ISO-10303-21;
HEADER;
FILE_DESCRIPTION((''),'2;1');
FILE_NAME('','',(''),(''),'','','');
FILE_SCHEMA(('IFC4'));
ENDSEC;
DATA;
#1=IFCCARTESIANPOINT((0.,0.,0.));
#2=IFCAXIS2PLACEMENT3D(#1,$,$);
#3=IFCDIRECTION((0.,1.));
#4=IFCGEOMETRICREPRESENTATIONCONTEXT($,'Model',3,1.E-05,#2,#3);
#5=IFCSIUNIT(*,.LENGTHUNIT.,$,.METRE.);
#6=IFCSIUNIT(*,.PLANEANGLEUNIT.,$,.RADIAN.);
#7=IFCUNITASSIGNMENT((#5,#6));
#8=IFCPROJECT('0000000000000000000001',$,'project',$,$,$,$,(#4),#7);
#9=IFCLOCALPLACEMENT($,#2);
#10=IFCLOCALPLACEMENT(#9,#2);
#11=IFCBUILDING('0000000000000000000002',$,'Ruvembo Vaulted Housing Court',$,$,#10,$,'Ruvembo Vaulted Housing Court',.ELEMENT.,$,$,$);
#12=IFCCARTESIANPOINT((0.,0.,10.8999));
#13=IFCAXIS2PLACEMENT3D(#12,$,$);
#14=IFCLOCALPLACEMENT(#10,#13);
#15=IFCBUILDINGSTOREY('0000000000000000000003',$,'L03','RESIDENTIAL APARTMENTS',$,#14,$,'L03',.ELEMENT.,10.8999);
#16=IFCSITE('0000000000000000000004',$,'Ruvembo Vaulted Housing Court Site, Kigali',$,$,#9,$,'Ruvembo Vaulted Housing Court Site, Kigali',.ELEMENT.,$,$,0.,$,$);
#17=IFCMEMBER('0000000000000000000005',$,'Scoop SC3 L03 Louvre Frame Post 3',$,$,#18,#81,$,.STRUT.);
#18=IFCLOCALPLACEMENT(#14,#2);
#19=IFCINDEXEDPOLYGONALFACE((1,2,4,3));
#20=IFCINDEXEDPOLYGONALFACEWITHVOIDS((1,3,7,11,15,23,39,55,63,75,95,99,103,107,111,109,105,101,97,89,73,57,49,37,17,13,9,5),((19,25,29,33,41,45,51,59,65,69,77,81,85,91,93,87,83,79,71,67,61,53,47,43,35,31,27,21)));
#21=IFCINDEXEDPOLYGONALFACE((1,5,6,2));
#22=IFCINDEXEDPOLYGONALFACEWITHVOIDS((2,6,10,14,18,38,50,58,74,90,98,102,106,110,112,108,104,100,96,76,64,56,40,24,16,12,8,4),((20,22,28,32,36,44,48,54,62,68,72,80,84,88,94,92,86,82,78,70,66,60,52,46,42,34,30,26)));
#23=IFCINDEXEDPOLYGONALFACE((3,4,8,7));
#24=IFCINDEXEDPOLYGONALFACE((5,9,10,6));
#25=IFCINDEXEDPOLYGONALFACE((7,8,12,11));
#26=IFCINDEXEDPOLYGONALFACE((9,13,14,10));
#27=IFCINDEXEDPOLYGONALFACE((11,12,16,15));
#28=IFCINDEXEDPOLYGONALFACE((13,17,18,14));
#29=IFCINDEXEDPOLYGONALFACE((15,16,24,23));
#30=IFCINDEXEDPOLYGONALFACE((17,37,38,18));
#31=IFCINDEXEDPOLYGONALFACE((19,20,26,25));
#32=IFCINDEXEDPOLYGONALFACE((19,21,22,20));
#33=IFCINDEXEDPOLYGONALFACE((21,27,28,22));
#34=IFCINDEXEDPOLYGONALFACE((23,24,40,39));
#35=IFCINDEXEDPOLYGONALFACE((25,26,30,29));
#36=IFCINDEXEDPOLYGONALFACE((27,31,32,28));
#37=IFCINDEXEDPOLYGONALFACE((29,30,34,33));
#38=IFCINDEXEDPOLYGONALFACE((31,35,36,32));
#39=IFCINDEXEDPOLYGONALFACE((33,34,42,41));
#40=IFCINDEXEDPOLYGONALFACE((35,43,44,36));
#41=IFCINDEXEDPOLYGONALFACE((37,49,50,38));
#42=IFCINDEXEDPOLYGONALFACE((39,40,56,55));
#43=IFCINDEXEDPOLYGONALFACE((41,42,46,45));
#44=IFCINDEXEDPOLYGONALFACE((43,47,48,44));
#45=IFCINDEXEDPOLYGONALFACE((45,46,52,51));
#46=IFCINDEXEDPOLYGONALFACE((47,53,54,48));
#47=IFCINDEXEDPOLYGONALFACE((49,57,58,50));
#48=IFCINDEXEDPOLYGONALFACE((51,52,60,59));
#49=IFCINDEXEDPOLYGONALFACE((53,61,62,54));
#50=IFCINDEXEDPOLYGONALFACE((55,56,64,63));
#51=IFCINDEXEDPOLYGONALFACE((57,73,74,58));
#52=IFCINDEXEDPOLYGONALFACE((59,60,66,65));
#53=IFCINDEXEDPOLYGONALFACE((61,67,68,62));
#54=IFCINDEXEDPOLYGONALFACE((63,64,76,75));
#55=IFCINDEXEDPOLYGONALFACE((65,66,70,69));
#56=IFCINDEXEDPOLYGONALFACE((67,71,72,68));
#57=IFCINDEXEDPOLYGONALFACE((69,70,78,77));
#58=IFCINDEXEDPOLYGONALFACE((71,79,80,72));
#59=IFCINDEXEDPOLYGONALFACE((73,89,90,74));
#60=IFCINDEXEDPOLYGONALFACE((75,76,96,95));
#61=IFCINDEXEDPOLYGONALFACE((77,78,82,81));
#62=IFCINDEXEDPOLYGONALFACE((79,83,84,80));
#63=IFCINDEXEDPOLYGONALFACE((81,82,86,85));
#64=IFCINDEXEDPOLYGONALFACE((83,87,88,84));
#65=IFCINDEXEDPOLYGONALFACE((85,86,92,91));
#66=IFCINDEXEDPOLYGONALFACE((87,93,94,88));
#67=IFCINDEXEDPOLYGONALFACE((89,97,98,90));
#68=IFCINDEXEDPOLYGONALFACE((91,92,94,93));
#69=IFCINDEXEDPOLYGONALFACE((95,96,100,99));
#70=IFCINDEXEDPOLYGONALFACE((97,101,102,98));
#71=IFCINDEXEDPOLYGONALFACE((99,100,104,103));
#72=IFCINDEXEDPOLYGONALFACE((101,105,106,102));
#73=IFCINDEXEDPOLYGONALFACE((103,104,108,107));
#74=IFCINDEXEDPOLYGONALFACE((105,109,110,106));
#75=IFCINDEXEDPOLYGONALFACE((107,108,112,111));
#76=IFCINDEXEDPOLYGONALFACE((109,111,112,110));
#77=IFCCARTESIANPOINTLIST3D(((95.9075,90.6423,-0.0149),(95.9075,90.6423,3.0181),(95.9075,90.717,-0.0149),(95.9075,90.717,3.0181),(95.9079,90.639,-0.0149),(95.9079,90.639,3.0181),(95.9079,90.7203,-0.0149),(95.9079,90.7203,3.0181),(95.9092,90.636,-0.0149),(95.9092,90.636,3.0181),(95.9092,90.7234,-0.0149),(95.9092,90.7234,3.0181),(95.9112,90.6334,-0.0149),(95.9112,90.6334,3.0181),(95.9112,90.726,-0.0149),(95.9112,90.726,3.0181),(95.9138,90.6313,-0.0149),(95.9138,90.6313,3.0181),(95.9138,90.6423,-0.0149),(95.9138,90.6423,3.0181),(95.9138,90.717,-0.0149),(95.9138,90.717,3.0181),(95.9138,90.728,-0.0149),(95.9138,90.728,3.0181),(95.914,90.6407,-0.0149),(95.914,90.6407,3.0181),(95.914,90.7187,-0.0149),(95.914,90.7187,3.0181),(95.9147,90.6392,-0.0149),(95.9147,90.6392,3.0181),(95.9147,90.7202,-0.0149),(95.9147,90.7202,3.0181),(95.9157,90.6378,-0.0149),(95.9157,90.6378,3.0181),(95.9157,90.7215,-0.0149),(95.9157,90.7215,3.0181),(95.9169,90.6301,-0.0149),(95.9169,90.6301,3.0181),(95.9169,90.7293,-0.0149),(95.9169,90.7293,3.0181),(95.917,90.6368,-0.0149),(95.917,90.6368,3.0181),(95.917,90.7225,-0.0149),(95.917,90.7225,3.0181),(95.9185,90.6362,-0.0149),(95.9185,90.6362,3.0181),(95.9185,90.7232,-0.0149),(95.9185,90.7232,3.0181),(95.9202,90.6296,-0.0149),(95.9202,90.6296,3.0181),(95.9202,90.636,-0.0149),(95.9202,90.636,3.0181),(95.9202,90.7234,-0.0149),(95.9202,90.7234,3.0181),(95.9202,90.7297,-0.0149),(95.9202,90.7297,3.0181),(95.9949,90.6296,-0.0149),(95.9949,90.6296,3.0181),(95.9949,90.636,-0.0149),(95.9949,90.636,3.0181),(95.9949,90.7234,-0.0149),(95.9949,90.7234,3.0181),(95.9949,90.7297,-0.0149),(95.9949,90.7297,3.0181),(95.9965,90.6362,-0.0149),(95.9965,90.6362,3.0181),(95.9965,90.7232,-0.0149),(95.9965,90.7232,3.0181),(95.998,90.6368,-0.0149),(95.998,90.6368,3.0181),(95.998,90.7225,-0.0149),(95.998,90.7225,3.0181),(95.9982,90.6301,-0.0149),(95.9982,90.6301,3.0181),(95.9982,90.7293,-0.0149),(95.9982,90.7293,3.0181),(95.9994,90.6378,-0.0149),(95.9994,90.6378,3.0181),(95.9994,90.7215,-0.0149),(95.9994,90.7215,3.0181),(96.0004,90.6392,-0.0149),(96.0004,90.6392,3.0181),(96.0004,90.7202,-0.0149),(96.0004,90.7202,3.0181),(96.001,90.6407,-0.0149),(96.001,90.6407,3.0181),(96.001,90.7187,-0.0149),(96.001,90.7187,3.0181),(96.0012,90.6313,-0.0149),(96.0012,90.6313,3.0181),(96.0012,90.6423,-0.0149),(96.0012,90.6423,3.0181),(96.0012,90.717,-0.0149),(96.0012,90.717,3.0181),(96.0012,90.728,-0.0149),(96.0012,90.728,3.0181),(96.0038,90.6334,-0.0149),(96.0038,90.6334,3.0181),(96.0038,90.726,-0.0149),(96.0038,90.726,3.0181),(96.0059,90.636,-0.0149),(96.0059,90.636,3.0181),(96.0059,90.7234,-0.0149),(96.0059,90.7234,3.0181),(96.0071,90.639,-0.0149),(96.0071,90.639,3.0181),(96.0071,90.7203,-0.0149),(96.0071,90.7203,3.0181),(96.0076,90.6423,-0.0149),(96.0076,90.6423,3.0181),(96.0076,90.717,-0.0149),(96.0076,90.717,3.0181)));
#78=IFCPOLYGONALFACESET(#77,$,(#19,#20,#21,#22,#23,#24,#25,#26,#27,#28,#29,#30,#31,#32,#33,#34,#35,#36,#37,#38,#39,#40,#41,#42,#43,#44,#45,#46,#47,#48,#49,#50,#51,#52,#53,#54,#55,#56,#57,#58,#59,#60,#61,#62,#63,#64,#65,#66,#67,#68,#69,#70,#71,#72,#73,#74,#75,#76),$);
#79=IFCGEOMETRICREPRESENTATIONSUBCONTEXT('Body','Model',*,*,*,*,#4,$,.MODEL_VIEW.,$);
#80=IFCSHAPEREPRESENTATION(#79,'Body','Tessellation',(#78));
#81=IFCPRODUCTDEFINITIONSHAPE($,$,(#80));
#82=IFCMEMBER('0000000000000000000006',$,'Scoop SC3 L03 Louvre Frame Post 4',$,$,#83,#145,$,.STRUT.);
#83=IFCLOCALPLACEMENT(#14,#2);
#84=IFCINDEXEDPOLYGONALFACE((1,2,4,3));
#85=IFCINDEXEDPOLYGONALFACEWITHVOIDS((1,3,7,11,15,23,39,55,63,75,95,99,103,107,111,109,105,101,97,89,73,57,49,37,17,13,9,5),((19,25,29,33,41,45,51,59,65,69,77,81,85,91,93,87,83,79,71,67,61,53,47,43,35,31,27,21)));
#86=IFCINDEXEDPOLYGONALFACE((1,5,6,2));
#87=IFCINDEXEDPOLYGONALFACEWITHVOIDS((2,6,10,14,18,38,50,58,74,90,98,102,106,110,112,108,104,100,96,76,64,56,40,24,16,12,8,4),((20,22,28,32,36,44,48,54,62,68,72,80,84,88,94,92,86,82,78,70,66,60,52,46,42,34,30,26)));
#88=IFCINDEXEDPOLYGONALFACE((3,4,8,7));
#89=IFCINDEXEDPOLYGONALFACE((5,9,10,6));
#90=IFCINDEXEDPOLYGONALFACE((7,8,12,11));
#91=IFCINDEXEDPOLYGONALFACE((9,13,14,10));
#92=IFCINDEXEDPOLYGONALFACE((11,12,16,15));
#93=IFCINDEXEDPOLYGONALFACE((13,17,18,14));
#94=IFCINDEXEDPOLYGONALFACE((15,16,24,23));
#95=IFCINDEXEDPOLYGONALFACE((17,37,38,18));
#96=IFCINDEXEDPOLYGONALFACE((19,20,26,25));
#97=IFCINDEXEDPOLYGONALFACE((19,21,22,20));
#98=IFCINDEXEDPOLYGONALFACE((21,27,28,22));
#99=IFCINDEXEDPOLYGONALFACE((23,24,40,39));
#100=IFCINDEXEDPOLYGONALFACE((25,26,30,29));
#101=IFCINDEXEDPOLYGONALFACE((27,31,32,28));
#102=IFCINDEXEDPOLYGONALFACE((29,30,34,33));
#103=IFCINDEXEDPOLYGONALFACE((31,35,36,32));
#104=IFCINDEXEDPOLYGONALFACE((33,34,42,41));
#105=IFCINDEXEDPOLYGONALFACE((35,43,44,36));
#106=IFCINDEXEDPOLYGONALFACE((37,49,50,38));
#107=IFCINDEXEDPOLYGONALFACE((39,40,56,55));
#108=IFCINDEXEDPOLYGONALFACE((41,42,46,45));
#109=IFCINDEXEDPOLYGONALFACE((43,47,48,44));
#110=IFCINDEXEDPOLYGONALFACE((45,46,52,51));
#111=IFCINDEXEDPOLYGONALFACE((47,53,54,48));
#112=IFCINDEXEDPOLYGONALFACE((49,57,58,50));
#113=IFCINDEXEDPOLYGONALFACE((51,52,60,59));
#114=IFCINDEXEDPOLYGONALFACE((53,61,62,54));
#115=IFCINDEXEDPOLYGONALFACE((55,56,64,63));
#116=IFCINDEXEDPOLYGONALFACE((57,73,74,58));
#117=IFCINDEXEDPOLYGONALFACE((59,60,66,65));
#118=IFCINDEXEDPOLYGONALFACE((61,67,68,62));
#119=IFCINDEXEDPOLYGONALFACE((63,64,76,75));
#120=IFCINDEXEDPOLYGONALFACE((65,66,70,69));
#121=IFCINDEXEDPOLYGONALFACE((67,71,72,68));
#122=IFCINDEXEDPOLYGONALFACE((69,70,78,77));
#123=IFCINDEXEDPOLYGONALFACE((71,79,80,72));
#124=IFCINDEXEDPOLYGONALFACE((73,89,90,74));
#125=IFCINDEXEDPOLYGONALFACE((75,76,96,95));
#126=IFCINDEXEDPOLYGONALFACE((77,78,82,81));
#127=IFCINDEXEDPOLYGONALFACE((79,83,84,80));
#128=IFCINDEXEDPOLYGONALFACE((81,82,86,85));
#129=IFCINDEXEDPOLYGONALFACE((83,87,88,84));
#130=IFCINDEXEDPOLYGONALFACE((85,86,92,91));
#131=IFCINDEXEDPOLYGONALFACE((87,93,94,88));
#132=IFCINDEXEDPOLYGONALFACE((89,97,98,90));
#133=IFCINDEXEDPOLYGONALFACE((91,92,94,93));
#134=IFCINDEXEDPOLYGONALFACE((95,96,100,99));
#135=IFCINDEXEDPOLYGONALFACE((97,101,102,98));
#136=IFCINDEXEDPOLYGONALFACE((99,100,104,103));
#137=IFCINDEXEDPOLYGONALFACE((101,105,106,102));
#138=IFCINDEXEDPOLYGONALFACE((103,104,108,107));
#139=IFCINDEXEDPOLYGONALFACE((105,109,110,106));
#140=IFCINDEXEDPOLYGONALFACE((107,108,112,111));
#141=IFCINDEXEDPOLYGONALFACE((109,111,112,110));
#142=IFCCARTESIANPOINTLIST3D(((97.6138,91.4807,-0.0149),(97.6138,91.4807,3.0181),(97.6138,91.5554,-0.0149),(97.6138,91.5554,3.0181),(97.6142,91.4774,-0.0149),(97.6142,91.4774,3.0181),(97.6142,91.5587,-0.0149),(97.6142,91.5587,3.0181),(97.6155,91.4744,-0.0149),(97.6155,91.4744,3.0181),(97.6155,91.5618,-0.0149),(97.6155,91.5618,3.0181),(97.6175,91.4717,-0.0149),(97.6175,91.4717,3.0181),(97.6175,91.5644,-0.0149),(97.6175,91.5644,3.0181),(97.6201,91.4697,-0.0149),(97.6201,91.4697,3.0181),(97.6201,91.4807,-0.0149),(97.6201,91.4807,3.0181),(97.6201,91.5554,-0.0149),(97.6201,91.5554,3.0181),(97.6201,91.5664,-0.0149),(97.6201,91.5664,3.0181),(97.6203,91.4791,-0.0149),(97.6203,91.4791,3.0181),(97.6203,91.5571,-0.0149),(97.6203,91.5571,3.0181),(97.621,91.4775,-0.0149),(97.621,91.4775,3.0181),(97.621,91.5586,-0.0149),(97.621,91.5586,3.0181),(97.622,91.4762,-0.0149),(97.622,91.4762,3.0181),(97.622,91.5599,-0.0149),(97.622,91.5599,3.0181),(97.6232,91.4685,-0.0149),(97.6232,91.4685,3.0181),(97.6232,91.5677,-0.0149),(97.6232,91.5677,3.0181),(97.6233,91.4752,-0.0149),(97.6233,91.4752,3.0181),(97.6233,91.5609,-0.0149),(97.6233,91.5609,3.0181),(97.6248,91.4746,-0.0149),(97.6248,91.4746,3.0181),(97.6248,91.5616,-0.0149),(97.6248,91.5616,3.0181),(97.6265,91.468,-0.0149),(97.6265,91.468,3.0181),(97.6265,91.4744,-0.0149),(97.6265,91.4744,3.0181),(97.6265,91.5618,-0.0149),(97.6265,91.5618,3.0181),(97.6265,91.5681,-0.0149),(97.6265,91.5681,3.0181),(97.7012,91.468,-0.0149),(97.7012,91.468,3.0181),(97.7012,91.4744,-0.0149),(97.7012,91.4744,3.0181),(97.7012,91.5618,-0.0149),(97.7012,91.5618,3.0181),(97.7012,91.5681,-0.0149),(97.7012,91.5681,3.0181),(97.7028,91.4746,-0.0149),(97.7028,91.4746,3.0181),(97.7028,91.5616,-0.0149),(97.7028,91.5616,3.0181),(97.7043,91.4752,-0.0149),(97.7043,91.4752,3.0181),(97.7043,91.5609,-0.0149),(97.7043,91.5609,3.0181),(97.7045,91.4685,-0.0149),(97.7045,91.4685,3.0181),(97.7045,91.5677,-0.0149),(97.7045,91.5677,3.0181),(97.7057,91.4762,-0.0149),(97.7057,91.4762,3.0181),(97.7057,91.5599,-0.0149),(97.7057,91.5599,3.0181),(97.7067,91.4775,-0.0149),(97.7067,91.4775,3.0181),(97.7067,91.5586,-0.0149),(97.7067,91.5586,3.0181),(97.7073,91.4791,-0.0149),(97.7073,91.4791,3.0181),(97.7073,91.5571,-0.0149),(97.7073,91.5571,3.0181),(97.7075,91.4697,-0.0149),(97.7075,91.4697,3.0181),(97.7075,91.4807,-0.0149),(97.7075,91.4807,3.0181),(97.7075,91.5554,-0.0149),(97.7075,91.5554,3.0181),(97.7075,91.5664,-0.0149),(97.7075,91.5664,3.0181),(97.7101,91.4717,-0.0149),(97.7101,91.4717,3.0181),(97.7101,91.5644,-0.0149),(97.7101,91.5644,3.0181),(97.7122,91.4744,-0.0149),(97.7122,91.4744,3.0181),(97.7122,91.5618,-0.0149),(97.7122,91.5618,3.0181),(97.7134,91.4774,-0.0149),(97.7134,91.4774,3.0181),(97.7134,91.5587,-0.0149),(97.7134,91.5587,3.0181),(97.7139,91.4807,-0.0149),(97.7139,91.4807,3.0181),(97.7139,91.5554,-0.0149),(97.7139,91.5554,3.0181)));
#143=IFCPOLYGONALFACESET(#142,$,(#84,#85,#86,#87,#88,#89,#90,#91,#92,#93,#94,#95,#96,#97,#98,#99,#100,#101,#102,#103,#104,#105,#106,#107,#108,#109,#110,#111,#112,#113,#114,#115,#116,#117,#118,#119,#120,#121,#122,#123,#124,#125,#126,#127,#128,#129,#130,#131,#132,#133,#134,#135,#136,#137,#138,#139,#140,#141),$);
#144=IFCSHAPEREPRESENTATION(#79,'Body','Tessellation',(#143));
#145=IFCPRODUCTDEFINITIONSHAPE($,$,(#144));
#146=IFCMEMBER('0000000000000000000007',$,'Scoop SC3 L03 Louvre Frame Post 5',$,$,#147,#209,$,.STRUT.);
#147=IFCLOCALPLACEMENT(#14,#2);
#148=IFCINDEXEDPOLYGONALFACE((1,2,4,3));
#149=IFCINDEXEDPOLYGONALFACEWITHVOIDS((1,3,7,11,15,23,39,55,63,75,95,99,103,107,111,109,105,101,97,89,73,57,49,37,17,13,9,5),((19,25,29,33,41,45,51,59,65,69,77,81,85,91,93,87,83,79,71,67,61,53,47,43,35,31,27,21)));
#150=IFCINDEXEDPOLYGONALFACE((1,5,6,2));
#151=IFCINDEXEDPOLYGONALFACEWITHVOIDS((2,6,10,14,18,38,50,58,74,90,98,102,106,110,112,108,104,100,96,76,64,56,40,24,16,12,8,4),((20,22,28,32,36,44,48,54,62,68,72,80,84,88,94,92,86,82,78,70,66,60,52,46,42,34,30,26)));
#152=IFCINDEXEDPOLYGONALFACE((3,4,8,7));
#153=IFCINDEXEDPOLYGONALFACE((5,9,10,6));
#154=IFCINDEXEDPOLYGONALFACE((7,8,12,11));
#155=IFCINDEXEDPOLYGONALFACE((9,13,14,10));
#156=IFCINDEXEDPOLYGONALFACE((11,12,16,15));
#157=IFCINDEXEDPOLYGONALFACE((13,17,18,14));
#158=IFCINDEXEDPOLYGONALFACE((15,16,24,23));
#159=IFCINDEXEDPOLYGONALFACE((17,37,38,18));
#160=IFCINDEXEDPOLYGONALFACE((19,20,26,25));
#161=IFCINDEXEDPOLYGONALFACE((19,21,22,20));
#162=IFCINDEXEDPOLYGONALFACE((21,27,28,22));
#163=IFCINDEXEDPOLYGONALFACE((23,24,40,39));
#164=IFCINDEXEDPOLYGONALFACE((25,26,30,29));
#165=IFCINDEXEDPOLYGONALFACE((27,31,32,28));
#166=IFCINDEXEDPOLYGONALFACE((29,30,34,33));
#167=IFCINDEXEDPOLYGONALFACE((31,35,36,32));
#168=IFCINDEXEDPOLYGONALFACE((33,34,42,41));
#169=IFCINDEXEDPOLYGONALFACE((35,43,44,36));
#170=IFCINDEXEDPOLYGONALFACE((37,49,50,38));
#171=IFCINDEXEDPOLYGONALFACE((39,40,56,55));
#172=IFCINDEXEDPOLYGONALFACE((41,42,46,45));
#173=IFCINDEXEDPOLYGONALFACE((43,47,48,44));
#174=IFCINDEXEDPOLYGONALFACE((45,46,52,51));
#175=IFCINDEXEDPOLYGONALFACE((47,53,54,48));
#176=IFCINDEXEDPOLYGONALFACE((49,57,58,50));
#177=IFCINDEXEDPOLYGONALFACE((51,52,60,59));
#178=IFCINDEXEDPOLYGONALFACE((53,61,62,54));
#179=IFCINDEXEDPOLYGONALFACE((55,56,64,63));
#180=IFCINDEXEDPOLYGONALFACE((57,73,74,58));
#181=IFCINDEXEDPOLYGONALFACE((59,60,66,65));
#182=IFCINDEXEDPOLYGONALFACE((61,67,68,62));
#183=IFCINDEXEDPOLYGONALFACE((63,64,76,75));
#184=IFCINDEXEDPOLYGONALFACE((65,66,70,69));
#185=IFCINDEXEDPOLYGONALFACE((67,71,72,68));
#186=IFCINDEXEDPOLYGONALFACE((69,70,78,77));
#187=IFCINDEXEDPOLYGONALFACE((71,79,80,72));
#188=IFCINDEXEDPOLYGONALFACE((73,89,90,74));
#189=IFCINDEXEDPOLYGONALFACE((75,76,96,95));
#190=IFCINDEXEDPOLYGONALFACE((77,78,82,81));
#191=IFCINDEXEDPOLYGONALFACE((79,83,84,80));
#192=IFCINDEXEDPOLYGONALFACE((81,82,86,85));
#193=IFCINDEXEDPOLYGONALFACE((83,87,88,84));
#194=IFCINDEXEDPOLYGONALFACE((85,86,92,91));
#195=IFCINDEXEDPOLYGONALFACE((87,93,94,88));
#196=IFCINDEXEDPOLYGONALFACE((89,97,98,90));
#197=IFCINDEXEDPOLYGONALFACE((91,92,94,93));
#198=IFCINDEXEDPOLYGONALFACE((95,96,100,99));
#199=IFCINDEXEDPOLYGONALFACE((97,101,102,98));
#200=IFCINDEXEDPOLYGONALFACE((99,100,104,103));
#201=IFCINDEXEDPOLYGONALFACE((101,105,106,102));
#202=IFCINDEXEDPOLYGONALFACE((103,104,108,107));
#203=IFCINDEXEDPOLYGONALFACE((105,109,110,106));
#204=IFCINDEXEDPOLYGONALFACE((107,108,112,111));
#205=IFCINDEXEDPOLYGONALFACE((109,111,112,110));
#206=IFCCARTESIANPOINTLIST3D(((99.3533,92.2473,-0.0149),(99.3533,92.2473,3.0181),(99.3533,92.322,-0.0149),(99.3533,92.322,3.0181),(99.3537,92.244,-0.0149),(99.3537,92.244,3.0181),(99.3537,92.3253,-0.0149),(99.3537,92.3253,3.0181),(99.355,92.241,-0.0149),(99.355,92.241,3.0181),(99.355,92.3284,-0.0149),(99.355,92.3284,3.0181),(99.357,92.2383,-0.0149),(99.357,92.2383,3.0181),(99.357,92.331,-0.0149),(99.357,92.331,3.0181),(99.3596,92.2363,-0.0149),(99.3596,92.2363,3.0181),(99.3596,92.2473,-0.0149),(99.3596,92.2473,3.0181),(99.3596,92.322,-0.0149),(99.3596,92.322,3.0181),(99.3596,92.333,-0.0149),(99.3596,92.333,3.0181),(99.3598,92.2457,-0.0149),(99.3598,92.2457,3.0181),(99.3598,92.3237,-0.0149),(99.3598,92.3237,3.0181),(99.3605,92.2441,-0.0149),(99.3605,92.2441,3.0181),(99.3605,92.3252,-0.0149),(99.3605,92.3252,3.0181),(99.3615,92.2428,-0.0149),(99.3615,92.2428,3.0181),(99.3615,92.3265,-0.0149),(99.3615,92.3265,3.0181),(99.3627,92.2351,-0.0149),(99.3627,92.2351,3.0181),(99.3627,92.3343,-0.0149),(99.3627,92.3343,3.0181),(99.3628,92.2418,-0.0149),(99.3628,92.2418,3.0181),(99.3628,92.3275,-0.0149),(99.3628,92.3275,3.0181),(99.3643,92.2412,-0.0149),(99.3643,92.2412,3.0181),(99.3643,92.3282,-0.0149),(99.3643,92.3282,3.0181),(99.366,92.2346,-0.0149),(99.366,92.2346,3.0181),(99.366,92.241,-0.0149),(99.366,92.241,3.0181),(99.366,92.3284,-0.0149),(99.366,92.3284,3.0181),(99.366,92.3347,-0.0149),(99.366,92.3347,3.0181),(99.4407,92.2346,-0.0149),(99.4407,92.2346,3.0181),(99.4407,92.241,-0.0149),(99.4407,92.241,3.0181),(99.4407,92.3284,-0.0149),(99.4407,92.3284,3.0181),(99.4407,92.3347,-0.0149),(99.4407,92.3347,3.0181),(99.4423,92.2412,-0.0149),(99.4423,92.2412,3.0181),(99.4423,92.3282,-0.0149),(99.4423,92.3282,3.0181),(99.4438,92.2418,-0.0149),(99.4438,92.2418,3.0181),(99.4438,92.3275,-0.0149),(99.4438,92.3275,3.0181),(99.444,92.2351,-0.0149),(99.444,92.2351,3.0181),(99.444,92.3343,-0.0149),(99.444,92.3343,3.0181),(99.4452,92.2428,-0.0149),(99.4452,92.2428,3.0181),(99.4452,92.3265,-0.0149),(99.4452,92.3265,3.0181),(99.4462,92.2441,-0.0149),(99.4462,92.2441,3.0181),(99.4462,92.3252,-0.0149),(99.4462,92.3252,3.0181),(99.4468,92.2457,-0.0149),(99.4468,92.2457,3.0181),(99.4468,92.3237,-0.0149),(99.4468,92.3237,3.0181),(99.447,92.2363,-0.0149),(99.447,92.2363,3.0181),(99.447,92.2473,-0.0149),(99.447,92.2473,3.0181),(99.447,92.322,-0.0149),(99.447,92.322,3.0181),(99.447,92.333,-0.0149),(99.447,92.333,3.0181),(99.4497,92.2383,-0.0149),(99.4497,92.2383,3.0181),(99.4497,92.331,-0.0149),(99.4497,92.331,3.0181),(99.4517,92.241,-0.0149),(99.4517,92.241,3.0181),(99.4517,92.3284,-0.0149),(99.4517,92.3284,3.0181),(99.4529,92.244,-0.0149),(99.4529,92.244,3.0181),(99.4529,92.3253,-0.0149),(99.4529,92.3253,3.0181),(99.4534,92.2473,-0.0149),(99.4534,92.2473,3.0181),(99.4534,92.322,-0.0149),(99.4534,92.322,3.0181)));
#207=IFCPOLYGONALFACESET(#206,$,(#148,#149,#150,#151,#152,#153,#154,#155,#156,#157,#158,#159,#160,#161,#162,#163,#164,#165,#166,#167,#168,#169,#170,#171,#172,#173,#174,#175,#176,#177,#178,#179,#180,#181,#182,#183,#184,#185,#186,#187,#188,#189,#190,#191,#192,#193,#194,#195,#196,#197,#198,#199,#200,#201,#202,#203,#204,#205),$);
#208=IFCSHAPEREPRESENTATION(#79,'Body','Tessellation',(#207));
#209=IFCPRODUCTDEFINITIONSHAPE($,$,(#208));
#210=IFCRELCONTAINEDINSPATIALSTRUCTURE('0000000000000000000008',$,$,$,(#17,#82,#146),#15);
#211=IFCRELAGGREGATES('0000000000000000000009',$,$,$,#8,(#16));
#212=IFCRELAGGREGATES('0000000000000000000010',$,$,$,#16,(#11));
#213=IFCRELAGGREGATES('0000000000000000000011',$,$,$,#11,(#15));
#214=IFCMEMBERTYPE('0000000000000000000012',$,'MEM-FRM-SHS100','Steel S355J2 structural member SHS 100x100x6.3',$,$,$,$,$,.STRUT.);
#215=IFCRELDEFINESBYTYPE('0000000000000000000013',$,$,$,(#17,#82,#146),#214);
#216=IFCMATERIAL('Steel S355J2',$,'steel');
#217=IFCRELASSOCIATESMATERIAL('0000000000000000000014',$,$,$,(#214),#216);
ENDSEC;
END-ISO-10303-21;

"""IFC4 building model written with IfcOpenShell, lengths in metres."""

from ifc_helpers import new_model, si_unit, direction, frame, origin, origin_2d, place, context, subcontext, project, spatial, hollow_rectangle, extrude, material, material_profile, profile_set, type_object, element, save


model = new_model("IFC4")

# Units and contexts
model_context = context("Model", 3, precision=1e-05, world=origin(), true_north=direction((0.0, 1.0)))
body_context = subcontext(model_context, "Body", "Model", "MODEL_VIEW")
ifc_project = project(units=[si_unit("LENGTHUNIT", "METRE"), si_unit("PLANEANGLEUNIT", "RADIAN")], contexts=[model_context])

# Site, building, storey
site_placement = place(None, origin())
site = spatial("IfcSite", under=ifc_project, at=site_placement, Name="Ruvembo Vaulted Housing Court Site, Kigali", LongName="Ruvembo Vaulted Housing Court Site, Kigali", CompositionType="ELEMENT", RefElevation=0.0)
building_placement = place(site_placement, origin())
building = spatial("IfcBuilding", under=site, at=building_placement, Name="Ruvembo Vaulted Housing Court", LongName="Ruvembo Vaulted Housing Court", CompositionType="ELEMENT")
storey_placement = place(building_placement, frame((0.0, 0.0, 10.8999)))
storey = spatial("IfcBuildingStorey", under=building, at=storey_placement, Name="L03", Description="RESIDENTIAL APARTMENTS", LongName="L03", CompositionType="ELEMENT", Elevation=10.8999)

# Shared definitions
ifc_material_1 = material(Name="Steel S355J2", Category="steel")

# Members
ifc_material_profile_1 = material_profile(ifc_material_1, hollow_rectangle(XDim=0.1001, YDim=0.1001, WallThickness=0.0063, InnerFilletRadius=0.0063, OuterFilletRadius=0.0127, at=origin_2d()), Name="SHS 100x100x6.3")
ifc_profile_set_1 = profile_set([ifc_material_profile_1], Name="Steel S355J2")
member_type_1 = type_object("IfcMemberType", Name="MEM-FRM-SHS100", Description="Steel S355J2 structural member SHS 100x100x6.3", PredefinedType="STRUT", material=ifc_profile_set_1)
for number, where, z_axis, x_axis, name in (
    (1, (95.9575, 90.6797, -0.0149), (0.0, 0.0, 1.0), (1.0, 0.0, 0.0), "Scoop SC3 L03 Louvre Frame Post 3"),
    (2, (97.6638, 91.5181, -0.0149), (0.0, 0.0, 1.0), (1.0, 0.0, 0.0), "Scoop SC3 L03 Louvre Frame Post 4"),
    (3, (99.4033, 92.2847, -0.0149), (0.0, 0.0, 1.0), (1.0, 0.0, 0.0), "Scoop SC3 L03 Louvre Frame Post 5"),
):
    element("IfcMember", number, at=place(storey_placement, frame(where, z_axis=z_axis, x_axis=x_axis)), inside=storey, type_object=member_type_1, Name=name, PredefinedType="STRUT", context=body_context, shape_type="SweptSolid", body=[
        extrude(hollow_rectangle(XDim=0.1001, YDim=0.1001, WallThickness=0.0063, InnerFilletRadius=0.0063, OuterFilletRadius=0.0127, at=origin_2d()), origin(), (0.0, 0.0, 1.0), 3.033),
    ])

save(model, "model.ifc")
